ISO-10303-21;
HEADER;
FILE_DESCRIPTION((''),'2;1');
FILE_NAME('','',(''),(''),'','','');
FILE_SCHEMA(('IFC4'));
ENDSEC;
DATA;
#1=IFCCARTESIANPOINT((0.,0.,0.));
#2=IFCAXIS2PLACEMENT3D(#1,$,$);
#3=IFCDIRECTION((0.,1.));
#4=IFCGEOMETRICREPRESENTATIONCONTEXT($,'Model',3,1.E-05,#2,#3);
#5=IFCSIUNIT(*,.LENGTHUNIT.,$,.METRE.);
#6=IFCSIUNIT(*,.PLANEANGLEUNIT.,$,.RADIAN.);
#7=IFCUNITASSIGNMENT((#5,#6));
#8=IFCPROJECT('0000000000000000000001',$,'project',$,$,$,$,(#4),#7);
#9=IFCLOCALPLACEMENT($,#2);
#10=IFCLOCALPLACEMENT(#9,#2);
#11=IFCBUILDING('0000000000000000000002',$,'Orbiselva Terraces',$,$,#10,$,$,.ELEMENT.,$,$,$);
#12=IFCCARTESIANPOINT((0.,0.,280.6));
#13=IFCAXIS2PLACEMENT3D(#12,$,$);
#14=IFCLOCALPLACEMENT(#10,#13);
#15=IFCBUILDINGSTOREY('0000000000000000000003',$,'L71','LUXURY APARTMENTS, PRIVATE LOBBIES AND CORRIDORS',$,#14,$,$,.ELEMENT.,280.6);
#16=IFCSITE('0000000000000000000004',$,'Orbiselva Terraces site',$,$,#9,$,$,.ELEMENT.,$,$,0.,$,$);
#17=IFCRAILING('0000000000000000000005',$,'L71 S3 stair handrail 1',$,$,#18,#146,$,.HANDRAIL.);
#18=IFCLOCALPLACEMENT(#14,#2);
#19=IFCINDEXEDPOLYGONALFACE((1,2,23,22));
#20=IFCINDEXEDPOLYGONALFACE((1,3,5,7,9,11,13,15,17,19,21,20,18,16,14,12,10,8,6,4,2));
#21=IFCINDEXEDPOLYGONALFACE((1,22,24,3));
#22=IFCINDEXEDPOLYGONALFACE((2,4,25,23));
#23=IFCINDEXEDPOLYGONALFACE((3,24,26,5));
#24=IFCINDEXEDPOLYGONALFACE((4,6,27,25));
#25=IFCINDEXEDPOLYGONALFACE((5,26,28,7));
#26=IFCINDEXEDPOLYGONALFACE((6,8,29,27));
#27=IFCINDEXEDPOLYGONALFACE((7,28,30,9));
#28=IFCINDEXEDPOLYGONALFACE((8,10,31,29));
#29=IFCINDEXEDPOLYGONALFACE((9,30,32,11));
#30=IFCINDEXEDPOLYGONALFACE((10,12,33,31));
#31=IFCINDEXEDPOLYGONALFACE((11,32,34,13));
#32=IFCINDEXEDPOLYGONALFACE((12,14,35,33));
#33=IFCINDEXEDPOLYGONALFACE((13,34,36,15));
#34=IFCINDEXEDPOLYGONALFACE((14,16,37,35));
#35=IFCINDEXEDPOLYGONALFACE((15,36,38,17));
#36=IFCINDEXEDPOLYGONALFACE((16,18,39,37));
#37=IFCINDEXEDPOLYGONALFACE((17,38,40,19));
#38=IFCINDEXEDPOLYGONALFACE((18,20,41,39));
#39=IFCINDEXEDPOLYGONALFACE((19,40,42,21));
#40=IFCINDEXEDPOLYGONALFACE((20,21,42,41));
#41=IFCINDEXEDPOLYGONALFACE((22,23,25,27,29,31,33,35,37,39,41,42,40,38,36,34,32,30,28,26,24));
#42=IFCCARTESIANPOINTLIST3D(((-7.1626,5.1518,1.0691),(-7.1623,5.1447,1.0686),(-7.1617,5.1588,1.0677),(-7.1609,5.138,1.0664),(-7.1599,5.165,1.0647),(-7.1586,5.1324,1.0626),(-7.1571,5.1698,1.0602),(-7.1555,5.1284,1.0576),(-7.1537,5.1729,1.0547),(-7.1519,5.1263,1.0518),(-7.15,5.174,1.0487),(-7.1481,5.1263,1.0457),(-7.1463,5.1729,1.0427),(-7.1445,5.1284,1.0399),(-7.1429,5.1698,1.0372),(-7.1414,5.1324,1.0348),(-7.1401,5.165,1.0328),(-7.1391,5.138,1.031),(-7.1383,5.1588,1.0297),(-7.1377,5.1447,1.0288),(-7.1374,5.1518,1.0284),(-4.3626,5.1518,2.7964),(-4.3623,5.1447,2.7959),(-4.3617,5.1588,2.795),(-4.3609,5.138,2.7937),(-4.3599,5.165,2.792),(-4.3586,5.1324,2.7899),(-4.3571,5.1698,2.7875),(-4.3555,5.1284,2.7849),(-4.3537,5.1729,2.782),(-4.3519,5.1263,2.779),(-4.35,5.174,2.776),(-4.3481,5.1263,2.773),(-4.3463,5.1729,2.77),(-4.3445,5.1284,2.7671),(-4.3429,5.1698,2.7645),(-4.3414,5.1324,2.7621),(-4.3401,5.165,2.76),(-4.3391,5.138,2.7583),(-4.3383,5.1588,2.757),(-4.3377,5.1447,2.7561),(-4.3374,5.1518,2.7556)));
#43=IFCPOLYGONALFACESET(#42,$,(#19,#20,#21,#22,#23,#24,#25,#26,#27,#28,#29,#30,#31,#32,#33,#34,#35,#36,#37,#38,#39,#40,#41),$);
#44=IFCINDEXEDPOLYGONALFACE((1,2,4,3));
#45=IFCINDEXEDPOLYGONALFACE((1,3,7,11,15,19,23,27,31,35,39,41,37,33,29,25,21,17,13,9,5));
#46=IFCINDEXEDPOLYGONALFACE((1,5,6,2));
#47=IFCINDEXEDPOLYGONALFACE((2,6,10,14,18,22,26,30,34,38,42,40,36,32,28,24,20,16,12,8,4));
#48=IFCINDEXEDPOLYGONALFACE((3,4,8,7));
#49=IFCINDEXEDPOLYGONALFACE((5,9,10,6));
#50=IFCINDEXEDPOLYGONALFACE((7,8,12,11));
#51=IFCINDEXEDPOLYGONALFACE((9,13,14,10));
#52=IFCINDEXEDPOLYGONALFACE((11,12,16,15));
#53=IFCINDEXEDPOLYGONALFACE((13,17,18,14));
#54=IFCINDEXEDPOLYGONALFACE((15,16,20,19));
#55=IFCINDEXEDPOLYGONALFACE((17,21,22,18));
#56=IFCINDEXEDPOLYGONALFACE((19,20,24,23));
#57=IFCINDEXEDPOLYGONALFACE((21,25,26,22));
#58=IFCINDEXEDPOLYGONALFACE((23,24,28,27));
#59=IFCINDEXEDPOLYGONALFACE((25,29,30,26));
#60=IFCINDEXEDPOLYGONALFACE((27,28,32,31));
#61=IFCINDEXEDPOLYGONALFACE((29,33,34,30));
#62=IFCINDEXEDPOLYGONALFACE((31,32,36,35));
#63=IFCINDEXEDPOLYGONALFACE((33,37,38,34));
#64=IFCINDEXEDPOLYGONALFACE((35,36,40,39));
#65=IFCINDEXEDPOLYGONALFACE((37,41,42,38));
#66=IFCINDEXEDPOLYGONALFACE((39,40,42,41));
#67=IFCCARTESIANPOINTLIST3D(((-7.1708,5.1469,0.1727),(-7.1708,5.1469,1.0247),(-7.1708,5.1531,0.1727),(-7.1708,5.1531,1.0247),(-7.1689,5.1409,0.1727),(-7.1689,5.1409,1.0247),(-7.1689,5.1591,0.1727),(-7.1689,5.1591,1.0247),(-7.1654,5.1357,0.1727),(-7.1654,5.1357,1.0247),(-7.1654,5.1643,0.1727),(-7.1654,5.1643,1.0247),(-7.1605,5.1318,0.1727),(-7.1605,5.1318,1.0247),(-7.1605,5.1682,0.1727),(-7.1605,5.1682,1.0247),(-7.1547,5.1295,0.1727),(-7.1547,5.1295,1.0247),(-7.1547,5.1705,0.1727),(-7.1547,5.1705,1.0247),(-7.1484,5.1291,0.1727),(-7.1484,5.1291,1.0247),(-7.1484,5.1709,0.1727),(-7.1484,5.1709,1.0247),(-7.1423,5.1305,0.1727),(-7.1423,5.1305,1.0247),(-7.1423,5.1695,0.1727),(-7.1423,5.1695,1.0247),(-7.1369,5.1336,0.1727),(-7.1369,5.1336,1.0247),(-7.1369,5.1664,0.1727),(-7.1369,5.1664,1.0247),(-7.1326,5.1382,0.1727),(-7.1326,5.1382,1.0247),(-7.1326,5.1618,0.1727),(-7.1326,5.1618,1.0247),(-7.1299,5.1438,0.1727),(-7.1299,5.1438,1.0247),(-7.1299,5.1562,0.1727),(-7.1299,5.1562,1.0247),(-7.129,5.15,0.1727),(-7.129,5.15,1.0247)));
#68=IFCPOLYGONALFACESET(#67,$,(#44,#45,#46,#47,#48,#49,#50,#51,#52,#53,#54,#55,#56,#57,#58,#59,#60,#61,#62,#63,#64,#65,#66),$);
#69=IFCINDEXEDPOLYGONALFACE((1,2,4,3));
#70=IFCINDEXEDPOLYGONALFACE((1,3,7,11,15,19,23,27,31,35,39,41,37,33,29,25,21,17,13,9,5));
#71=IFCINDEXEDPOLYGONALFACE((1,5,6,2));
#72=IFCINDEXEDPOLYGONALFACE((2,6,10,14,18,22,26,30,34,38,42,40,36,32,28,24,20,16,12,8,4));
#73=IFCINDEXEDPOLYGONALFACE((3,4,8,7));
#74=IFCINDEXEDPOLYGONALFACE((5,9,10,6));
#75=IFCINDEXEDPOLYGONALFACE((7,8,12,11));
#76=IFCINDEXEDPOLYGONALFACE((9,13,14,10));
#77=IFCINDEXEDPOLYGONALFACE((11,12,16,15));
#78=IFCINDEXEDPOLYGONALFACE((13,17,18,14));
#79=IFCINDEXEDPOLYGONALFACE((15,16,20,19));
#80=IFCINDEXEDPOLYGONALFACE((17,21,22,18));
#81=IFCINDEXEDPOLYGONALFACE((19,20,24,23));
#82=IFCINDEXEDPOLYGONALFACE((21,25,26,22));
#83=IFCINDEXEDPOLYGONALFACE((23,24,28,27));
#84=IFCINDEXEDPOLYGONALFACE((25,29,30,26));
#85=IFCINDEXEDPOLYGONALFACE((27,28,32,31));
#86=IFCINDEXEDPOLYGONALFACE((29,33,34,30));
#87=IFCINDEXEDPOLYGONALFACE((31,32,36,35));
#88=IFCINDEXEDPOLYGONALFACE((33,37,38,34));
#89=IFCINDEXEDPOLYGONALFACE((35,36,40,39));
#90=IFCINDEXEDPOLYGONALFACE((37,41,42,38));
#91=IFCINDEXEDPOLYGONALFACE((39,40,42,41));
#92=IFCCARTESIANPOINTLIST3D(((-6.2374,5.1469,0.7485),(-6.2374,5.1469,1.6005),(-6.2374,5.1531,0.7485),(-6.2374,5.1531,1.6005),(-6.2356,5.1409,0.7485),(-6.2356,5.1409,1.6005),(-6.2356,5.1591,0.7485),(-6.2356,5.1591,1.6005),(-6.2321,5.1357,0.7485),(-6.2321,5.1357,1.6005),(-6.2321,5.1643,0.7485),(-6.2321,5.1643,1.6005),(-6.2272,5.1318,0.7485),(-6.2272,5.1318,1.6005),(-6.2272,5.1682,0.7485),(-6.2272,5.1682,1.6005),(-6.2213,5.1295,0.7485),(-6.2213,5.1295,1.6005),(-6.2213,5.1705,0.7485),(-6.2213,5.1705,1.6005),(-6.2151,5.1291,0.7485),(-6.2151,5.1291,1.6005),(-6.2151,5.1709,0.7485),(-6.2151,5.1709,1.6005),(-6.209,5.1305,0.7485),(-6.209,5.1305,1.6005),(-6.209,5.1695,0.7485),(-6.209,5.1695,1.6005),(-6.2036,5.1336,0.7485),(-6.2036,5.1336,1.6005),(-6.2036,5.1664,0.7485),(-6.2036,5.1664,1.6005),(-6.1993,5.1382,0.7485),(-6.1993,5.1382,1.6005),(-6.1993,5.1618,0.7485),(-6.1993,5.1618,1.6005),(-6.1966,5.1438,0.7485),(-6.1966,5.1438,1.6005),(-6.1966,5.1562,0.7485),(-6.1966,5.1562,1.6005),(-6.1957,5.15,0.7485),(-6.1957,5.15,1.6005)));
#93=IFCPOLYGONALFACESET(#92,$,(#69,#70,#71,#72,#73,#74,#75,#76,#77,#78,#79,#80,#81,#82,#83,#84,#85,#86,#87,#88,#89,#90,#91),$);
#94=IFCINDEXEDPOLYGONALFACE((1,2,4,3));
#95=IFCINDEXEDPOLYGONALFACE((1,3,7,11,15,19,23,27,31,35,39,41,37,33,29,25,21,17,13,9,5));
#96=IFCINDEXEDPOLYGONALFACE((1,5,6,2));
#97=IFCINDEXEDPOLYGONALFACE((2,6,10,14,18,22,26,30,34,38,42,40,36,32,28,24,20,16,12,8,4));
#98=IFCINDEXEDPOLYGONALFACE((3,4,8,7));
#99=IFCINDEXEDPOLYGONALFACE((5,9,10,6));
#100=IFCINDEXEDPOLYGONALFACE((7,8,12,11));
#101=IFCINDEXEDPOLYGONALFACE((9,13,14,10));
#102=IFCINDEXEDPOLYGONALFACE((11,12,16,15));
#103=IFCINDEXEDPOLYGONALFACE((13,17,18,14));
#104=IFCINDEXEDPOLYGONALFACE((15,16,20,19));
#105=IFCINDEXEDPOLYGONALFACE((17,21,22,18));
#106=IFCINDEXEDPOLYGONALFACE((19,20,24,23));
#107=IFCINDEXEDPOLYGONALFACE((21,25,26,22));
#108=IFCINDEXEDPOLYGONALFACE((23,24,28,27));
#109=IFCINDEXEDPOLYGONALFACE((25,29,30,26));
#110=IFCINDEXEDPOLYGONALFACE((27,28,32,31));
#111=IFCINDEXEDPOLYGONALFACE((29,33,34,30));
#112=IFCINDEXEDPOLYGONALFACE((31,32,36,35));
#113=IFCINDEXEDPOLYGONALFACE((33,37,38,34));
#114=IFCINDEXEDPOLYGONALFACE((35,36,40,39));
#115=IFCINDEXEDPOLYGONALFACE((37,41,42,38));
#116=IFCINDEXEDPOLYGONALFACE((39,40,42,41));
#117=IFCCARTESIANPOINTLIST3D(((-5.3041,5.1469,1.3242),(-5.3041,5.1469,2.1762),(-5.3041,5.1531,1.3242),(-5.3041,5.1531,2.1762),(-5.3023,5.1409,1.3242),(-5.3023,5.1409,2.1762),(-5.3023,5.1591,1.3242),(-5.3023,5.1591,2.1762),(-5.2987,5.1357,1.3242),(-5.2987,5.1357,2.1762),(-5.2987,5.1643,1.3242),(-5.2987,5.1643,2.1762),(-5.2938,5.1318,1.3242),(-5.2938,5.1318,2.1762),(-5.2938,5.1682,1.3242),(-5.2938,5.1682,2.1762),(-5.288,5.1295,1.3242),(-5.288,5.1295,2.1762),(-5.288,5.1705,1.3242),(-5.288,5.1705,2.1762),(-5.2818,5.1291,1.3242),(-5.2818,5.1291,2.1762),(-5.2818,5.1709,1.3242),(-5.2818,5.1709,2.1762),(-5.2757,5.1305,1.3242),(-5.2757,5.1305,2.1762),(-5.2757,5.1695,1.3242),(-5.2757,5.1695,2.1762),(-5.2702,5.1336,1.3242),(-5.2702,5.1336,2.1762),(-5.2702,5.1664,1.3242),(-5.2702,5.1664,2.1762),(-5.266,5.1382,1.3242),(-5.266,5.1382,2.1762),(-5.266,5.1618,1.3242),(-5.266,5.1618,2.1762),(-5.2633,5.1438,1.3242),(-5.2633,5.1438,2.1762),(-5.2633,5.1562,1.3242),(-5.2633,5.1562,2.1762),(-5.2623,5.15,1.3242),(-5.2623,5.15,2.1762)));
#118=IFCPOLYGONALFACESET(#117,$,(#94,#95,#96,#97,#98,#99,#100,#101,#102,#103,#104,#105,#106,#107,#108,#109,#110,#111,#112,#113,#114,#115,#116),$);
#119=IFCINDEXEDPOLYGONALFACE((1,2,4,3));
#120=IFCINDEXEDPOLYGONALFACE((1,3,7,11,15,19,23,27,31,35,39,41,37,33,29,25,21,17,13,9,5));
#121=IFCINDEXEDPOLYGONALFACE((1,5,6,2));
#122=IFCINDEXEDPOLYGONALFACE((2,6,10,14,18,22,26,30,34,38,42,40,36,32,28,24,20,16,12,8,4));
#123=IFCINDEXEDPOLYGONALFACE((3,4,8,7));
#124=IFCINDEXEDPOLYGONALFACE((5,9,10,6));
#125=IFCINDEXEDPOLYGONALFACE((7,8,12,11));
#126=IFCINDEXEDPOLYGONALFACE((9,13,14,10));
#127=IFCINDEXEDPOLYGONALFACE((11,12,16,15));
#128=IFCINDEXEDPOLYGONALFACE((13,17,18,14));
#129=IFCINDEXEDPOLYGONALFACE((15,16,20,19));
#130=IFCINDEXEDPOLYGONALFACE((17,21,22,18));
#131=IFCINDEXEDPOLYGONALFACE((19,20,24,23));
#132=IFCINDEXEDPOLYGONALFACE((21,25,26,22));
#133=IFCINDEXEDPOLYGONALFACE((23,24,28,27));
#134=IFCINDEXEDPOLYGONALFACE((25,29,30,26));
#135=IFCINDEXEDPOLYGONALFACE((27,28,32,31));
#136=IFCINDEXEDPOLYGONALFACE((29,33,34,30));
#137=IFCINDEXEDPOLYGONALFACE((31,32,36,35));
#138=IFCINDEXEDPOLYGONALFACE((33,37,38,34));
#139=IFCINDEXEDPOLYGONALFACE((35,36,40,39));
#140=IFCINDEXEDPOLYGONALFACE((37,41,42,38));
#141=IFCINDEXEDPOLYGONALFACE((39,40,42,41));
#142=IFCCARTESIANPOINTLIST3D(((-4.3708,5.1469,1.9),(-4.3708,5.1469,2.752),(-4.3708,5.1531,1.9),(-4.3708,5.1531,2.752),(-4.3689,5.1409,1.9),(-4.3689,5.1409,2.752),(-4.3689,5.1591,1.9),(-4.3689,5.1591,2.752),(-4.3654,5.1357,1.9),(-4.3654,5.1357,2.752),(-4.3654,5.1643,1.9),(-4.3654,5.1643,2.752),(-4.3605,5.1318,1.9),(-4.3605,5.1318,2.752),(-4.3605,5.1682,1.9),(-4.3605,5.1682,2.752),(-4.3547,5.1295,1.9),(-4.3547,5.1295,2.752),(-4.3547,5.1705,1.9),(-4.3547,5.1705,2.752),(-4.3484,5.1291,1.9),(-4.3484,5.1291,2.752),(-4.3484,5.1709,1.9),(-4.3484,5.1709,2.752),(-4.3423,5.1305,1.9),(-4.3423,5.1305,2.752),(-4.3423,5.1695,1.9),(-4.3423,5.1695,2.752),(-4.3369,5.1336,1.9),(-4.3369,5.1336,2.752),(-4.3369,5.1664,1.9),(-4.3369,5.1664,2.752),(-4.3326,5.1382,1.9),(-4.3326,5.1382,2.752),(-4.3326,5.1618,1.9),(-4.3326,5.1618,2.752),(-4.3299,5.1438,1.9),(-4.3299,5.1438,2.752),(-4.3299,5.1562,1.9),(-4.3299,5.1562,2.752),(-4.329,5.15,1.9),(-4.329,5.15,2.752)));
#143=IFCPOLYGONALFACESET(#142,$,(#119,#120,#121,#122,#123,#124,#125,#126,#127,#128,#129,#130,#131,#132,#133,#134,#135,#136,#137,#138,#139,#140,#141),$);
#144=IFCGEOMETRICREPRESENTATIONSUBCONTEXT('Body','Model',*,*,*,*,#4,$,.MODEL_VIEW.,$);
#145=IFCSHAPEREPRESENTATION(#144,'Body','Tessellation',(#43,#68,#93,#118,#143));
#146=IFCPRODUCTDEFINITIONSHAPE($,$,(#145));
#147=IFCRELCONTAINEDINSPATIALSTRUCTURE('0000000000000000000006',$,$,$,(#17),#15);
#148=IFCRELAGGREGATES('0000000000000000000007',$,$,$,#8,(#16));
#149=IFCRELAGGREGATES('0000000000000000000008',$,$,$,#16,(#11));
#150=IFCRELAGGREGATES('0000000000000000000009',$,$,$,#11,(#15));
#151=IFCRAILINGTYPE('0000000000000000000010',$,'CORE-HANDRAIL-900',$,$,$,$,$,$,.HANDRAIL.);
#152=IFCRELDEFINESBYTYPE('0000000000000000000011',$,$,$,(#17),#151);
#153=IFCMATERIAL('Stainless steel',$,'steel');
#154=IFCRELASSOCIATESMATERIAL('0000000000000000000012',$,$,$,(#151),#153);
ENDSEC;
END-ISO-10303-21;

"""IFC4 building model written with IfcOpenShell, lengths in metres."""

from ifc_helpers import new_model, si_unit, direction, frame, origin, origin_2d, place, context, subcontext, project, spatial, circle, extrude, material, type_object, element, save


model = new_model("IFC4")

# Units and contexts
model_context = context("Model", 3, precision=1e-05, world=origin(), true_north=direction((0.0, 1.0)))
body_context = subcontext(model_context, "Body", "Model", "MODEL_VIEW")
ifc_project = project(units=[si_unit("LENGTHUNIT", "METRE"), si_unit("PLANEANGLEUNIT", "RADIAN")], contexts=[model_context])

# Site, building, storey
site_placement = place(None, origin())
site = spatial("IfcSite", under=ifc_project, at=site_placement, Name="Orbiselva Terraces site", CompositionType="ELEMENT", RefElevation=0.0)
building_placement = place(site_placement, origin())
building = spatial("IfcBuilding", under=site, at=building_placement, Name="Orbiselva Terraces", CompositionType="ELEMENT")
storey_placement = place(building_placement, frame((0.0, 0.0, 280.6)))
storey = spatial("IfcBuildingStorey", under=building, at=storey_placement, Name="L71", Description="LUXURY APARTMENTS, PRIVATE LOBBIES AND CORRIDORS", CompositionType="ELEMENT", Elevation=280.6)

# Railing
ifc_material_1 = material(Name="Stainless steel", Category="steel")
railing_type_1 = type_object("IfcRailingType", Name="CORE-HANDRAIL-900", PredefinedType="HANDRAIL", material=ifc_material_1)
railing_1_placement = place(storey_placement, frame((-7.15, 5.15, 0.1727)))
element("IfcRailing", 1, at=railing_1_placement, inside=storey, type_object=railing_type_1, Name="L71 S3 stair handrail 1", PredefinedType="HANDRAIL", context=body_context, shape_type="SweptSolid", body=[
    extrude(circle(Radius=0.024, at=origin_2d()), frame((0.0, 0.0, 0.876), z_axis=(0.851089, 0.0, 0.525022), x_axis=(0.0, 1.0, 0.0)), (0.0, 0.0, 1.0), 3.2899),
    extrude(circle(Radius=0.021, at=origin_2d()), origin(), (0.0, 0.0, 1.0), 0.852),
    extrude(circle(Radius=0.021, at=origin_2d()), frame((0.9333, 0.0, 0.5758)), (0.0, 0.0, 1.0), 0.852),
    extrude(circle(Radius=0.021, at=origin_2d()), frame((1.8667, 0.0, 1.1515)), (0.0, 0.0, 1.0), 0.852),
    extrude(circle(Radius=0.021, at=origin_2d()), frame((2.8, 0.0, 1.7273)), (0.0, 0.0, 1.0), 0.852),
])

save(model, "model.ifc")
